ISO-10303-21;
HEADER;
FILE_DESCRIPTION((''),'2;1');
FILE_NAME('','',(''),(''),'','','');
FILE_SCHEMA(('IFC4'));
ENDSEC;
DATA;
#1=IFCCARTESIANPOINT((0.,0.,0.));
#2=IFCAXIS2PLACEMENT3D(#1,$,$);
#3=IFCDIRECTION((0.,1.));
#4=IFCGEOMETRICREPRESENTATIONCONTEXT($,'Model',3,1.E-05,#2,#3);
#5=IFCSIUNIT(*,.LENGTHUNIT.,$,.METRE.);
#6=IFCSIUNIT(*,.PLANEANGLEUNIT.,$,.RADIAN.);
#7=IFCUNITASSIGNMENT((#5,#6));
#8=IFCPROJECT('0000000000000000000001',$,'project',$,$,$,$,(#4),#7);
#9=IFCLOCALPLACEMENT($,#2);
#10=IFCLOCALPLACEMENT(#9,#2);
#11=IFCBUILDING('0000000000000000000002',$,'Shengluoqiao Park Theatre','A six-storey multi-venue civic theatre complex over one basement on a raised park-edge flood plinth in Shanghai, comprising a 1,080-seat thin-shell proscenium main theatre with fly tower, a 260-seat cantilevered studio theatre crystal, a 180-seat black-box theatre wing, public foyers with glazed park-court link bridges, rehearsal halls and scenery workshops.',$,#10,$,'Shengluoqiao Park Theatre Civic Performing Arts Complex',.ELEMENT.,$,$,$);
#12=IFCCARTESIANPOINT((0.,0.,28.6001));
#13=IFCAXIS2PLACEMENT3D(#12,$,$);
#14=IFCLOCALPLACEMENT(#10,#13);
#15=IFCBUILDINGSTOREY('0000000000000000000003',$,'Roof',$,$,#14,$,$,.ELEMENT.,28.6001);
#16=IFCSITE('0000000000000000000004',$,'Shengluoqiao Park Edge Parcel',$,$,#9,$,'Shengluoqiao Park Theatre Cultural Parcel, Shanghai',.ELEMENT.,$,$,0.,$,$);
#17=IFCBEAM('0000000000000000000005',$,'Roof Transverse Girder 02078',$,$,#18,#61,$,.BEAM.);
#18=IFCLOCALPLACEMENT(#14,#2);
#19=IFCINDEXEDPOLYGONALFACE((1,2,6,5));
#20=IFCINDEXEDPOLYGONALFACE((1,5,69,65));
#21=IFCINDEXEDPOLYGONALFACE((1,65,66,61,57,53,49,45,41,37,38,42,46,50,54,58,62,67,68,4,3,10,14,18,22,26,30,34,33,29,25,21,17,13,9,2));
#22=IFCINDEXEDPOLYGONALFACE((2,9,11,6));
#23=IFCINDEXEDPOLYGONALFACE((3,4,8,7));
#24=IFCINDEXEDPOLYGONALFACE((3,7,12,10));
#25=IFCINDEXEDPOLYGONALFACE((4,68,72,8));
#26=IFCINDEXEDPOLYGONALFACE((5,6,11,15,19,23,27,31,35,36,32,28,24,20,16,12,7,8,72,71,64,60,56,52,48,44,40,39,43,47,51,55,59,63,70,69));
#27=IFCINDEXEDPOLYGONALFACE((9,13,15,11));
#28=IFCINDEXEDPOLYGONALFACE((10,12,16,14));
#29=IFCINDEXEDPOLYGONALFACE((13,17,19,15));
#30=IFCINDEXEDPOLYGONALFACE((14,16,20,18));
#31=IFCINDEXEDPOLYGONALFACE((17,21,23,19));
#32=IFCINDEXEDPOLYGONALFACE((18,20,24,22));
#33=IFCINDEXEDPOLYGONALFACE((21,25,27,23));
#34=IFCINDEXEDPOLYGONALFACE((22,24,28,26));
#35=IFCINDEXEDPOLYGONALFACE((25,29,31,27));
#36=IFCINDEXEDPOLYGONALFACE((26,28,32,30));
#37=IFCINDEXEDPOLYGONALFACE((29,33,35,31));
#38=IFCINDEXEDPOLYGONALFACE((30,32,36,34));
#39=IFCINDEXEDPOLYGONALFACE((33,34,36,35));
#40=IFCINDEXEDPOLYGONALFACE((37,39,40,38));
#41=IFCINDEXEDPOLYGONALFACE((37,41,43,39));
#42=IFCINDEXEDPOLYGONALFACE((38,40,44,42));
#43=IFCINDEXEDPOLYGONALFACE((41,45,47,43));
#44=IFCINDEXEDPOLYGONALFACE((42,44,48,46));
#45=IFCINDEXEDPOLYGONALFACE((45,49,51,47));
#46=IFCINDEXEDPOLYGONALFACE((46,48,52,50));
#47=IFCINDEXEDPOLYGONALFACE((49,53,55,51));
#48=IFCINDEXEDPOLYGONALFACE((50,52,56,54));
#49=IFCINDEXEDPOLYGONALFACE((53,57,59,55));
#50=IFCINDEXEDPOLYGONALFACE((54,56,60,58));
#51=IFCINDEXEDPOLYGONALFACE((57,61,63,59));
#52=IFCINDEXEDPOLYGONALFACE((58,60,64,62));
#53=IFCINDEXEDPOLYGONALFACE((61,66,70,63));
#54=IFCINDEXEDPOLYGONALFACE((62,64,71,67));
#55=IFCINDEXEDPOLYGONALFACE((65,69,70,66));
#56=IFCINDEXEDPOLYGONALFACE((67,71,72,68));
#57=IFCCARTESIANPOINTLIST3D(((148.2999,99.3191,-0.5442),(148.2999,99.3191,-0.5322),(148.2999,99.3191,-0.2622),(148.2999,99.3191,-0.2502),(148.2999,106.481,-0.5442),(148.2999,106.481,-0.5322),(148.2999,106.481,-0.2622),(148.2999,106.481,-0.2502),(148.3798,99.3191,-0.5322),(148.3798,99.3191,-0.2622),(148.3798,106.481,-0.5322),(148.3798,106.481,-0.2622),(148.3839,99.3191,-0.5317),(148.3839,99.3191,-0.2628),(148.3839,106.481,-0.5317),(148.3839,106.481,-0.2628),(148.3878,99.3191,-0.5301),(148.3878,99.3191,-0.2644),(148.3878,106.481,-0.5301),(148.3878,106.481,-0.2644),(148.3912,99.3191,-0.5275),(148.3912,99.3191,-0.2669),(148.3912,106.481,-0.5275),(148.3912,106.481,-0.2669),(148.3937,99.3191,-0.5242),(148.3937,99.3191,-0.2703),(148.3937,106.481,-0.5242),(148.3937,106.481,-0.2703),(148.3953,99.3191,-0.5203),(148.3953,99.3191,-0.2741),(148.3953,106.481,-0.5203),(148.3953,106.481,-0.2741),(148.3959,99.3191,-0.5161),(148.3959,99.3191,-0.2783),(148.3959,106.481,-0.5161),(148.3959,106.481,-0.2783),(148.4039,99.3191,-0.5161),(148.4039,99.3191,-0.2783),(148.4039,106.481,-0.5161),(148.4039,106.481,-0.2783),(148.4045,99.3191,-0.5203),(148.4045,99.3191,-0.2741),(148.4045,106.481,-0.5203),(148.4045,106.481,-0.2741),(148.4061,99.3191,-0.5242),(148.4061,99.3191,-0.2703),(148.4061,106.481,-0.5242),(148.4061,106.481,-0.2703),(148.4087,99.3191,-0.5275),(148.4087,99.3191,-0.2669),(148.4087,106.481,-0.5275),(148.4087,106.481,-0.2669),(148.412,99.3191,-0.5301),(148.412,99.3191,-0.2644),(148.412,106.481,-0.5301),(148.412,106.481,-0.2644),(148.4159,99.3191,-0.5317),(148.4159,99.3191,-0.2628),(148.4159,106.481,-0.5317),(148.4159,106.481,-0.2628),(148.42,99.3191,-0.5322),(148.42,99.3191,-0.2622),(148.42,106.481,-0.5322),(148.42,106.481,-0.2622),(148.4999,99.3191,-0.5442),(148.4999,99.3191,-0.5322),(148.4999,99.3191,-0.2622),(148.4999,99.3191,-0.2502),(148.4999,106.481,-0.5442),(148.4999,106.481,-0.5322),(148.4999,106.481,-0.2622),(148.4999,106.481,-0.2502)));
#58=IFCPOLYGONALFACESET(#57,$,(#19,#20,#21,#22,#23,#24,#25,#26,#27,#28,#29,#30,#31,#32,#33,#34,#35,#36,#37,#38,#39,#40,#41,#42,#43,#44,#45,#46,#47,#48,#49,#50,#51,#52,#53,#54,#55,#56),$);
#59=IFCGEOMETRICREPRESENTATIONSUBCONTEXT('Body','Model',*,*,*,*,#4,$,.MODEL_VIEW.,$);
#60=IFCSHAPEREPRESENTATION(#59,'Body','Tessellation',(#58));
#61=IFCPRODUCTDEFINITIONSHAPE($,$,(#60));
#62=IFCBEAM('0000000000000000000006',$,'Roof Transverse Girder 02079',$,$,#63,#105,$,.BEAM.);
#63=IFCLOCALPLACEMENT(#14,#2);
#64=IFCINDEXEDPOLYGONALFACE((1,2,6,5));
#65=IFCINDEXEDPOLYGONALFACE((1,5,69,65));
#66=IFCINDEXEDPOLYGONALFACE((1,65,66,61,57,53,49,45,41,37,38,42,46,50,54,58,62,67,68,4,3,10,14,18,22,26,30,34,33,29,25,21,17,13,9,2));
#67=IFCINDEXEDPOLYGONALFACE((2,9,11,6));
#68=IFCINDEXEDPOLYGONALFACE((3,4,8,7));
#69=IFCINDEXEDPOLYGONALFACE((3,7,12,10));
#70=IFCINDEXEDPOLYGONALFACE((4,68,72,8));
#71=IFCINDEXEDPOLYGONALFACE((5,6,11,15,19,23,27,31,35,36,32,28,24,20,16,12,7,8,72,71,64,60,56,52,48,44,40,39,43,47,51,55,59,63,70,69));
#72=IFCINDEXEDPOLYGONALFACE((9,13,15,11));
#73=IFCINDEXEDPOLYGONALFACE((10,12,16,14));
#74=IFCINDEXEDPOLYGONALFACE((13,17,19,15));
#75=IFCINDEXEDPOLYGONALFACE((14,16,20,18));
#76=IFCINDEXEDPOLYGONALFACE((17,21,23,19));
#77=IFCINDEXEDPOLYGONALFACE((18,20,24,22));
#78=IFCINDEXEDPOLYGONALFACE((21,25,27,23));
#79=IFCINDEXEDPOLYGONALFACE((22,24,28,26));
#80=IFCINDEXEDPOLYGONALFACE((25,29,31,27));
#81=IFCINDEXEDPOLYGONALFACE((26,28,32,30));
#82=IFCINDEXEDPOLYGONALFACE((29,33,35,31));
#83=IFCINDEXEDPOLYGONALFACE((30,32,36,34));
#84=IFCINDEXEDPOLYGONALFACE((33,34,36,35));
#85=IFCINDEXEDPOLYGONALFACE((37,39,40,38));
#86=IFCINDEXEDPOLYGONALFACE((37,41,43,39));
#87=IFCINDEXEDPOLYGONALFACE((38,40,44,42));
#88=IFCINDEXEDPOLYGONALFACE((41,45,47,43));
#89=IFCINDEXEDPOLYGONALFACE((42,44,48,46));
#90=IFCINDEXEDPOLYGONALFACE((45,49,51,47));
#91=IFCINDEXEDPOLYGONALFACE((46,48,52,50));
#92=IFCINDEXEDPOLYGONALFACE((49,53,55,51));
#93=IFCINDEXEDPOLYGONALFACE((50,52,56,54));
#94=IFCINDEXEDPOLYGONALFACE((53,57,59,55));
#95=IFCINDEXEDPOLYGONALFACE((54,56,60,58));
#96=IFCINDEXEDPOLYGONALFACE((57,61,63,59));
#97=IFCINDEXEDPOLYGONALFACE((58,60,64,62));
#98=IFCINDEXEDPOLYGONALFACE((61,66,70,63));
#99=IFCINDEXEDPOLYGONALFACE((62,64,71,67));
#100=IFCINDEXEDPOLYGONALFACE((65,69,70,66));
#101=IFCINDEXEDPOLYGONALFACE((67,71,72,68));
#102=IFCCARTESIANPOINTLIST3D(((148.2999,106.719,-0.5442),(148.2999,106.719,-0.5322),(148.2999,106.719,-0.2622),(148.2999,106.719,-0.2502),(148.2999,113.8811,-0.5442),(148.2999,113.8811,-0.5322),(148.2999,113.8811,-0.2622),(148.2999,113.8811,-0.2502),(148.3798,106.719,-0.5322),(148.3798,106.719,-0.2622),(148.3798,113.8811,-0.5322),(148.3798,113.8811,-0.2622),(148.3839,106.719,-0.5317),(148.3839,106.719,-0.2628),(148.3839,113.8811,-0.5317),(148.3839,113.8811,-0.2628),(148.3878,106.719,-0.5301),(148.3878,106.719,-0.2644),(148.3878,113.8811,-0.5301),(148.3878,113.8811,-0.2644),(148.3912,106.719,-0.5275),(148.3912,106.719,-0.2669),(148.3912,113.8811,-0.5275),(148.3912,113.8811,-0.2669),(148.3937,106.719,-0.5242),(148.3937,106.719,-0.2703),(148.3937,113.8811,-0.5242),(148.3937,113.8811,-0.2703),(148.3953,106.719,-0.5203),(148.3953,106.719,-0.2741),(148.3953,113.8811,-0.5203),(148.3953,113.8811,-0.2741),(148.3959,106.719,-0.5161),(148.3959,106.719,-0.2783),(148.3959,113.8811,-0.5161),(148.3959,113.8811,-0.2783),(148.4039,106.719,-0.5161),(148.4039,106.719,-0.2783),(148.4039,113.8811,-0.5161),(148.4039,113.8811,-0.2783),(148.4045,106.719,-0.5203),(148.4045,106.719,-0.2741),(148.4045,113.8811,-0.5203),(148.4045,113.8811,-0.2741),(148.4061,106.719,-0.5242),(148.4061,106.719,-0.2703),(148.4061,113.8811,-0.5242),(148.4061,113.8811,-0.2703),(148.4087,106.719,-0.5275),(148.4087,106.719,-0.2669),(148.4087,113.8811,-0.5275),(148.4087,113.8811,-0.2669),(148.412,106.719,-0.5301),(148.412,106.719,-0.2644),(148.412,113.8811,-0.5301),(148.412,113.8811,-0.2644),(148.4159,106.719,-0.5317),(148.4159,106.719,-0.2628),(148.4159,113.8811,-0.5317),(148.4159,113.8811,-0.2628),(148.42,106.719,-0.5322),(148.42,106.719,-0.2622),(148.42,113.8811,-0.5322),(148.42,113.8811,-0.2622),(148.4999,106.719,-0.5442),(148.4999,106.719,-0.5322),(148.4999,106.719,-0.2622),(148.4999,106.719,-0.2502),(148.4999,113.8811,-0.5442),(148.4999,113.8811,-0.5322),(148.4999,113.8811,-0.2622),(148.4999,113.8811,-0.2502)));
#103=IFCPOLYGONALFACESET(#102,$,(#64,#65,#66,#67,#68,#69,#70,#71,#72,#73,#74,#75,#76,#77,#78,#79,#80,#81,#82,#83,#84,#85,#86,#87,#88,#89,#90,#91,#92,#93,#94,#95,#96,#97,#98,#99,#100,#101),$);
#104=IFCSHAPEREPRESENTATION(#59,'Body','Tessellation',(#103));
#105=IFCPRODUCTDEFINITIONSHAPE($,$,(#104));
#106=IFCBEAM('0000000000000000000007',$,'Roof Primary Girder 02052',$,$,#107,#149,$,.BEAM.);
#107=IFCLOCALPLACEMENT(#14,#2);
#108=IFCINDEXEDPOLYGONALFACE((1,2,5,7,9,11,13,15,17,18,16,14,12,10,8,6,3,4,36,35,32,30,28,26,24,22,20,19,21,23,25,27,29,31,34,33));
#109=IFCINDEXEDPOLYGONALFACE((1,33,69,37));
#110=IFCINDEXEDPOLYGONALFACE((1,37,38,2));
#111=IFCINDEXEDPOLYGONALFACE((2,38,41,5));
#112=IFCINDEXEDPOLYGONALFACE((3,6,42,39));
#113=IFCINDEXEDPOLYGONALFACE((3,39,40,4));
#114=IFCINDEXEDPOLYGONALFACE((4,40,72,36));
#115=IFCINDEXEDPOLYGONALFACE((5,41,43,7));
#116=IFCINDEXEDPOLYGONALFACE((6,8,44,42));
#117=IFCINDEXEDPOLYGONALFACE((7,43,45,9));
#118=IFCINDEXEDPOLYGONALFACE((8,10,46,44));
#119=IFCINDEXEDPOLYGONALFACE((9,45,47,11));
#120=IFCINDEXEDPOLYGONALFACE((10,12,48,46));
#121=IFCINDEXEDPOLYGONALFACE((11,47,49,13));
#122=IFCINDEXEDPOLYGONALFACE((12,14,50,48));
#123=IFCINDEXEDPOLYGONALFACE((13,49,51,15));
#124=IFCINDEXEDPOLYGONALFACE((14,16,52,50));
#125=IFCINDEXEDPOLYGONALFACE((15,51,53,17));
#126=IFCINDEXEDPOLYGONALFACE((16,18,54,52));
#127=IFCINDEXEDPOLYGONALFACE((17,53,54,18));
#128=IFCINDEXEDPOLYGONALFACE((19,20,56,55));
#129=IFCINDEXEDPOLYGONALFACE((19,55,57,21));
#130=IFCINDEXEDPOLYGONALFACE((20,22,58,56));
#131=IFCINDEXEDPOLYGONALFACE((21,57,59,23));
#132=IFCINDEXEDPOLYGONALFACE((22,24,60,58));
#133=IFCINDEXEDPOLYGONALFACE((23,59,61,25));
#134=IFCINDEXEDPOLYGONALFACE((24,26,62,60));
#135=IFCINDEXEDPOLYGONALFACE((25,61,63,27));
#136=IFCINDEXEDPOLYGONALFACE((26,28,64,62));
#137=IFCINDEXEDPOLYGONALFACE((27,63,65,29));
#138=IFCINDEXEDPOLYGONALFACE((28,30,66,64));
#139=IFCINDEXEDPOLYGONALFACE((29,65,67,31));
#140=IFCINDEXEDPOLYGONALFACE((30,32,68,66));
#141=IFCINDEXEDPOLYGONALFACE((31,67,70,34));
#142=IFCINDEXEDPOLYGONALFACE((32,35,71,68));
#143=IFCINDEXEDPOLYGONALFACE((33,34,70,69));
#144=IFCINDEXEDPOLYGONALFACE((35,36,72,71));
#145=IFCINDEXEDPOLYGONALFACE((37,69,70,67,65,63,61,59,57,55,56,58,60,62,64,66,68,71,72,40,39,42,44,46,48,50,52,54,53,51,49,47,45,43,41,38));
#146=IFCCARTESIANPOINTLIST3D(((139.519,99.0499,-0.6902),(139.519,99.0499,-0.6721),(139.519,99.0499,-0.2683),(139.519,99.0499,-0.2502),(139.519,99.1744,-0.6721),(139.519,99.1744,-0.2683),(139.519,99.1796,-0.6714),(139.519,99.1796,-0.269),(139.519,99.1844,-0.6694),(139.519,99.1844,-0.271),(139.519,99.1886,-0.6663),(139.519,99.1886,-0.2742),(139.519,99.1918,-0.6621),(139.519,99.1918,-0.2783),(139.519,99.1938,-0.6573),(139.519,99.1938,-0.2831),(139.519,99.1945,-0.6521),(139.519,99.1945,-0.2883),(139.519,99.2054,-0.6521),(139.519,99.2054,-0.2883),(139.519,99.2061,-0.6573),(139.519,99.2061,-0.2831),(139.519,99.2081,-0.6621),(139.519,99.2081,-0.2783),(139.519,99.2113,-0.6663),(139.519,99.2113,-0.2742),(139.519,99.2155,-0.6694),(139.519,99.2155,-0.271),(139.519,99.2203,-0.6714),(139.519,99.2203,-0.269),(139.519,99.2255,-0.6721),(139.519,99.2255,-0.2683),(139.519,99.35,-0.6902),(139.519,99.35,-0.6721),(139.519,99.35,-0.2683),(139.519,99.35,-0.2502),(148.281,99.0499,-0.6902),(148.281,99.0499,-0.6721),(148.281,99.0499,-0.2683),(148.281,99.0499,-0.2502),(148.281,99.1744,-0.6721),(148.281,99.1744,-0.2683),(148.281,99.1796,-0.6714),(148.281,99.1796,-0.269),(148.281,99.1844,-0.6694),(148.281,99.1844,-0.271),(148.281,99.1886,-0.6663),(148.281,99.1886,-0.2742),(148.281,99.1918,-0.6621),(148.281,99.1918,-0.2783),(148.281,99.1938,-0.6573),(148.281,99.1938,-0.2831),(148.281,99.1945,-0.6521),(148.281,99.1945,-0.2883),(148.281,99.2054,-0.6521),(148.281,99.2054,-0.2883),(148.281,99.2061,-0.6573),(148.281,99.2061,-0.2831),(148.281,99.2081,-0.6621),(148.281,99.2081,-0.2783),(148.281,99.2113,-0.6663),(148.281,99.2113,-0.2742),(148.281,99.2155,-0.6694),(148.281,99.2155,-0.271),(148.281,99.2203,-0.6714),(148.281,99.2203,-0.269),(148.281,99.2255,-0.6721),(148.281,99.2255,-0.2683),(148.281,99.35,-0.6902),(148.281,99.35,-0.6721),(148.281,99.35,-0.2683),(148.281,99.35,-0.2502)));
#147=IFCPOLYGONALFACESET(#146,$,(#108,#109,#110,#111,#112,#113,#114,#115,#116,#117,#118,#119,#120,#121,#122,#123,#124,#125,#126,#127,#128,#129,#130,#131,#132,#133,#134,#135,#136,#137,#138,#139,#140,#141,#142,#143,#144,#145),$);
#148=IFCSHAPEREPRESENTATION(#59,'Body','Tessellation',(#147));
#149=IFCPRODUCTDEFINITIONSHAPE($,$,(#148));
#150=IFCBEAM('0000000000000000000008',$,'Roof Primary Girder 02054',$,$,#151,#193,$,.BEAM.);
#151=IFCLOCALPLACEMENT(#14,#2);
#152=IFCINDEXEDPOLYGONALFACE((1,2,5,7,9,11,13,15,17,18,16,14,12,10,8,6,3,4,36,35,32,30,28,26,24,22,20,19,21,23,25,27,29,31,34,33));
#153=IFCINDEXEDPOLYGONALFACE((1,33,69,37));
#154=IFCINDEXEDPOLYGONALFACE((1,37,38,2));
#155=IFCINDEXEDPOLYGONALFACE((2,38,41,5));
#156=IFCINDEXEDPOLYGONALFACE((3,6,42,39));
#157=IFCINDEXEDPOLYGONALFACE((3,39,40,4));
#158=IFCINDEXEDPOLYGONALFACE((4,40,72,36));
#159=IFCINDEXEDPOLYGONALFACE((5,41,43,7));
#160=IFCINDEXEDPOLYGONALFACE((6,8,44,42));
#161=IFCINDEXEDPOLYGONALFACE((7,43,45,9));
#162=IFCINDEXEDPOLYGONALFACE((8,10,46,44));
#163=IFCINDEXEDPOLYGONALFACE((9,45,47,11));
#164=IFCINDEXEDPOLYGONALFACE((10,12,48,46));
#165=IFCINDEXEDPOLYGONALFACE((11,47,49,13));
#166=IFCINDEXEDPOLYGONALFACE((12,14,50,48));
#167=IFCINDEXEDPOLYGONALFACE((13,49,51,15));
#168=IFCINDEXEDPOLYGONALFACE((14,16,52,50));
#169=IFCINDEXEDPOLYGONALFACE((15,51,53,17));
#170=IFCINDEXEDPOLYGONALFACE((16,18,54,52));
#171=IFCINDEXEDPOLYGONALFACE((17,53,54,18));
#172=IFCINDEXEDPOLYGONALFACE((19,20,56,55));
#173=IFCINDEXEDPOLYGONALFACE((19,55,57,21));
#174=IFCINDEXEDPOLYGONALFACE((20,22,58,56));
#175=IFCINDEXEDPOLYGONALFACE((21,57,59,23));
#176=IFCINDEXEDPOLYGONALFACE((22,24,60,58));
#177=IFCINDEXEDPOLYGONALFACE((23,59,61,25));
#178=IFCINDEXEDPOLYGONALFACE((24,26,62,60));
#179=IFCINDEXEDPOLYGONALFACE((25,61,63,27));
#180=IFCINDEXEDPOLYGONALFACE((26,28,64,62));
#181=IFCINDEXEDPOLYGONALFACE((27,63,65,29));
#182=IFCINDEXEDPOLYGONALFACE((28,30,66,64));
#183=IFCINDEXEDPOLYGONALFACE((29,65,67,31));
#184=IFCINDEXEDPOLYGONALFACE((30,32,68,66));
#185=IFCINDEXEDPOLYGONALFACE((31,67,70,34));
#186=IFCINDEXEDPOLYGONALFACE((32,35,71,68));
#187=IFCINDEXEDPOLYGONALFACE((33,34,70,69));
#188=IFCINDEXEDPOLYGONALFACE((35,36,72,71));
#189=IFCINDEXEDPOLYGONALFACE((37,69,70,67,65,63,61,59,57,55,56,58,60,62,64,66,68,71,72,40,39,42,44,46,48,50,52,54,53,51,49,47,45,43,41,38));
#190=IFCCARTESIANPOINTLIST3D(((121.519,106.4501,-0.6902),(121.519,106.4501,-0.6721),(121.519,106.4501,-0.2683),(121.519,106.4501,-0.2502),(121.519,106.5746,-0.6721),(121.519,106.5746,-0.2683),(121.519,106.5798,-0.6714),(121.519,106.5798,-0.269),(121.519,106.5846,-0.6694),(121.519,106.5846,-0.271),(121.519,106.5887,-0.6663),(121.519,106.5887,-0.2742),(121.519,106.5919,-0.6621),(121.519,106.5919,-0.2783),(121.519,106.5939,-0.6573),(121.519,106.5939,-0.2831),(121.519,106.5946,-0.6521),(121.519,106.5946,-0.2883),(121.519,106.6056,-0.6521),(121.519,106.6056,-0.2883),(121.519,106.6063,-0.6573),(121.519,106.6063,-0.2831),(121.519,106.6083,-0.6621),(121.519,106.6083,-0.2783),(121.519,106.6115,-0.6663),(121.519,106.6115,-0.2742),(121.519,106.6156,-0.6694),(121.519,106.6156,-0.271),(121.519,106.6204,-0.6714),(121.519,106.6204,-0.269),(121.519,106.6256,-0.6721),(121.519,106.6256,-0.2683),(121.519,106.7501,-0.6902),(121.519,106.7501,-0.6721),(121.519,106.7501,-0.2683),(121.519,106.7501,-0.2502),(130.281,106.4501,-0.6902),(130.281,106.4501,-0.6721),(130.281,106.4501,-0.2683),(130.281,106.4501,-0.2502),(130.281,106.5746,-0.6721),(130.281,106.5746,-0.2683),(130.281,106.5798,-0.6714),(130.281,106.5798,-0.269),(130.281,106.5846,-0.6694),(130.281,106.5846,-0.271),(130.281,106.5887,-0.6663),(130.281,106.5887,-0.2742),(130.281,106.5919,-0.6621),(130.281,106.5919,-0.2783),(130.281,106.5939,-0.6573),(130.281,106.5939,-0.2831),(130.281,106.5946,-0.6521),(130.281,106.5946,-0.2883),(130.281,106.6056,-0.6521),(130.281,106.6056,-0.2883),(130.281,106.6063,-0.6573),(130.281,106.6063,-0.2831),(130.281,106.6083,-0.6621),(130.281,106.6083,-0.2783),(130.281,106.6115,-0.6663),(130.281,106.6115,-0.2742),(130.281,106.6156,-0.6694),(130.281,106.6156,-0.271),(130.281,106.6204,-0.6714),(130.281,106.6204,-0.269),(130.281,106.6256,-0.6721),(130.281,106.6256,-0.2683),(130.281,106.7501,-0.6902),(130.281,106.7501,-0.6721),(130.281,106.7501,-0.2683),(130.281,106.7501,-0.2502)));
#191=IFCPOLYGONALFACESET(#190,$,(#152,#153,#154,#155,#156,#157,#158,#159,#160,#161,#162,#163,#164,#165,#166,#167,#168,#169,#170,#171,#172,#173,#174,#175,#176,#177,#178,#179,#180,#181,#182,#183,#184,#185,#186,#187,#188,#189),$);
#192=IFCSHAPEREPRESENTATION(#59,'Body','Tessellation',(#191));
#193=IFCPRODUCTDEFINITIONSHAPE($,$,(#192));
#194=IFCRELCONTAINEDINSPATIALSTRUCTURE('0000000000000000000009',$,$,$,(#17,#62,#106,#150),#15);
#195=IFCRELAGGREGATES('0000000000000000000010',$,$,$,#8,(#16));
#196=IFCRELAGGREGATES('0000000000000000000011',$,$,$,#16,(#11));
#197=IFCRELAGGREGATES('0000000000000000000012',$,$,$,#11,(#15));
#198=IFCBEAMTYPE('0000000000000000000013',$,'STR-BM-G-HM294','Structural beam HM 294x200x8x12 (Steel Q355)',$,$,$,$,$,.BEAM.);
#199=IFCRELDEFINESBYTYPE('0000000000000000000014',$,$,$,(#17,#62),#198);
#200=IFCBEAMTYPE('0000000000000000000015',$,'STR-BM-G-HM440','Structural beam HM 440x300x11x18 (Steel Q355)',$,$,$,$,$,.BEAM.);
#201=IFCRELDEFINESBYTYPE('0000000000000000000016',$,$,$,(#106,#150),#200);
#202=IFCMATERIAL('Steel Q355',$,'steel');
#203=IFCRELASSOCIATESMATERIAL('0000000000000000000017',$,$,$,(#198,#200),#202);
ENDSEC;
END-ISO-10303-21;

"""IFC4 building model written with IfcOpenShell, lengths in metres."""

from ifc_helpers import new_model, si_unit, direction, frame, origin, origin_2d, place, context, subcontext, project, spatial, i_section, extrude, material, material_profile, profile_set, type_object, element, save


model = new_model("IFC4")

# Units and contexts
model_context = context("Model", 3, precision=1e-05, world=origin(), true_north=direction((0.0, 1.0)))
body_context = subcontext(model_context, "Body", "Model", "MODEL_VIEW")
ifc_project = project(units=[si_unit("LENGTHUNIT", "METRE"), si_unit("PLANEANGLEUNIT", "RADIAN")], contexts=[model_context])

# Site, building, storey
site_placement = place(None, origin())
site = spatial("IfcSite", under=ifc_project, at=site_placement, Name="Shengluoqiao Park Edge Parcel", LongName="Shengluoqiao Park Theatre Cultural Parcel, Shanghai", CompositionType="ELEMENT", RefElevation=0.0)
building_placement = place(site_placement, origin())
building = spatial("IfcBuilding", under=site, at=building_placement, Name="Shengluoqiao Park Theatre", Description="A six-storey multi-venue civic theatre complex over one basement on a raised park-edge flood plinth in Shanghai, comprising a 1,080-seat thin-shell proscenium main theatre with fly tower, a 260-seat cantilevered studio theatre crystal, a 180-seat black-box theatre wing, public foyers with glazed park-court link bridges, rehearsal halls and scenery workshops.", LongName="Shengluoqiao Park Theatre Civic Performing Arts Complex", CompositionType="ELEMENT")
storey_placement = place(building_placement, frame((0.0, 0.0, 28.6001)))
storey = spatial("IfcBuildingStorey", under=building, at=storey_placement, Name="Roof", CompositionType="ELEMENT", Elevation=28.6001)

# Beams
ifc_material_1 = material(Name="Steel Q355", Category="steel")
ifc_material_profile_1 = material_profile(ifc_material_1, i_section(OverallWidth=0.2, OverallDepth=0.2939, WebThickness=0.0081, FlangeThickness=0.012, FilletRadius=0.0161, at=origin_2d()), Name="HM 294x200x8x12")
ifc_profile_set_1 = profile_set([ifc_material_profile_1], Name="Steel Q355")
beam_type_1 = type_object("IfcBeamType", Name="STR-BM-G-HM294", Description="Structural beam HM 294x200x8x12 (Steel Q355)", PredefinedType="BEAM", material=ifc_profile_set_1)
beam_1_placement = place(storey_placement, frame((148.3999, 99.3191, -0.3972), z_axis=(0.0, 1.0, 0.0), x_axis=(-1.0, 0.0, 0.0)))
element("IfcBeam", 1, at=beam_1_placement, inside=storey, type_object=beam_type_1, Name="Roof Transverse Girder 02078", PredefinedType="BEAM", context=body_context, shape_type="SweptSolid", body=[
    extrude(i_section(OverallWidth=0.2, OverallDepth=0.2939, WebThickness=0.0081, FlangeThickness=0.012, FilletRadius=0.0161, at=origin_2d()), origin(), (0.0, 0.0, 1.0), 7.1619),
])
beam_2_placement = place(storey_placement, frame((148.3999, 106.719, -0.3972), z_axis=(0.0, 1.0, 0.0), x_axis=(-1.0, 0.0, 0.0)))
element("IfcBeam", 2, at=beam_2_placement, inside=storey, type_object=beam_type_1, Name="Roof Transverse Girder 02079", PredefinedType="BEAM", context=body_context, shape_type="SweptSolid", body=[
    extrude(i_section(OverallWidth=0.2, OverallDepth=0.2939, WebThickness=0.0081, FlangeThickness=0.012, FilletRadius=0.0161, at=origin_2d()), origin(), (0.0, 0.0, 1.0), 7.1621),
])
ifc_material_profile_2 = material_profile(ifc_material_1, i_section(OverallWidth=0.3, OverallDepth=0.4399, WebThickness=0.011, FlangeThickness=0.0181, FilletRadius=0.02, at=origin_2d()), Name="HM 440x300x11x18")
ifc_profile_set_2 = profile_set([ifc_material_profile_2], Name="Steel Q355")
beam_type_2 = type_object("IfcBeamType", Name="STR-BM-G-HM440", Description="Structural beam HM 440x300x11x18 (Steel Q355)", PredefinedType="BEAM", material=ifc_profile_set_2)
for number, where, z_axis, x_axis, name in (
    (3, (139.519, 99.2, -0.4702), (1.0, 0.0, 0.0), (0.0, 1.0, 0.0), "Roof Primary Girder 02052"),
    (4, (121.519, 106.6001, -0.4702), (1.0, 0.0, 0.0), (0.0, 1.0, 0.0), "Roof Primary Girder 02054"),
):
    element("IfcBeam", number, at=place(storey_placement, frame(where, z_axis=z_axis, x_axis=x_axis)), inside=storey, type_object=beam_type_2, Name=name, PredefinedType="BEAM", context=body_context, shape_type="SweptSolid", body=[
        extrude(i_section(OverallWidth=0.3, OverallDepth=0.4399, WebThickness=0.011, FlangeThickness=0.0181, FilletRadius=0.02, at=origin_2d()), origin(), (0.0, 0.0, 1.0), 8.762),
    ])

save(model, "model.ifc")
